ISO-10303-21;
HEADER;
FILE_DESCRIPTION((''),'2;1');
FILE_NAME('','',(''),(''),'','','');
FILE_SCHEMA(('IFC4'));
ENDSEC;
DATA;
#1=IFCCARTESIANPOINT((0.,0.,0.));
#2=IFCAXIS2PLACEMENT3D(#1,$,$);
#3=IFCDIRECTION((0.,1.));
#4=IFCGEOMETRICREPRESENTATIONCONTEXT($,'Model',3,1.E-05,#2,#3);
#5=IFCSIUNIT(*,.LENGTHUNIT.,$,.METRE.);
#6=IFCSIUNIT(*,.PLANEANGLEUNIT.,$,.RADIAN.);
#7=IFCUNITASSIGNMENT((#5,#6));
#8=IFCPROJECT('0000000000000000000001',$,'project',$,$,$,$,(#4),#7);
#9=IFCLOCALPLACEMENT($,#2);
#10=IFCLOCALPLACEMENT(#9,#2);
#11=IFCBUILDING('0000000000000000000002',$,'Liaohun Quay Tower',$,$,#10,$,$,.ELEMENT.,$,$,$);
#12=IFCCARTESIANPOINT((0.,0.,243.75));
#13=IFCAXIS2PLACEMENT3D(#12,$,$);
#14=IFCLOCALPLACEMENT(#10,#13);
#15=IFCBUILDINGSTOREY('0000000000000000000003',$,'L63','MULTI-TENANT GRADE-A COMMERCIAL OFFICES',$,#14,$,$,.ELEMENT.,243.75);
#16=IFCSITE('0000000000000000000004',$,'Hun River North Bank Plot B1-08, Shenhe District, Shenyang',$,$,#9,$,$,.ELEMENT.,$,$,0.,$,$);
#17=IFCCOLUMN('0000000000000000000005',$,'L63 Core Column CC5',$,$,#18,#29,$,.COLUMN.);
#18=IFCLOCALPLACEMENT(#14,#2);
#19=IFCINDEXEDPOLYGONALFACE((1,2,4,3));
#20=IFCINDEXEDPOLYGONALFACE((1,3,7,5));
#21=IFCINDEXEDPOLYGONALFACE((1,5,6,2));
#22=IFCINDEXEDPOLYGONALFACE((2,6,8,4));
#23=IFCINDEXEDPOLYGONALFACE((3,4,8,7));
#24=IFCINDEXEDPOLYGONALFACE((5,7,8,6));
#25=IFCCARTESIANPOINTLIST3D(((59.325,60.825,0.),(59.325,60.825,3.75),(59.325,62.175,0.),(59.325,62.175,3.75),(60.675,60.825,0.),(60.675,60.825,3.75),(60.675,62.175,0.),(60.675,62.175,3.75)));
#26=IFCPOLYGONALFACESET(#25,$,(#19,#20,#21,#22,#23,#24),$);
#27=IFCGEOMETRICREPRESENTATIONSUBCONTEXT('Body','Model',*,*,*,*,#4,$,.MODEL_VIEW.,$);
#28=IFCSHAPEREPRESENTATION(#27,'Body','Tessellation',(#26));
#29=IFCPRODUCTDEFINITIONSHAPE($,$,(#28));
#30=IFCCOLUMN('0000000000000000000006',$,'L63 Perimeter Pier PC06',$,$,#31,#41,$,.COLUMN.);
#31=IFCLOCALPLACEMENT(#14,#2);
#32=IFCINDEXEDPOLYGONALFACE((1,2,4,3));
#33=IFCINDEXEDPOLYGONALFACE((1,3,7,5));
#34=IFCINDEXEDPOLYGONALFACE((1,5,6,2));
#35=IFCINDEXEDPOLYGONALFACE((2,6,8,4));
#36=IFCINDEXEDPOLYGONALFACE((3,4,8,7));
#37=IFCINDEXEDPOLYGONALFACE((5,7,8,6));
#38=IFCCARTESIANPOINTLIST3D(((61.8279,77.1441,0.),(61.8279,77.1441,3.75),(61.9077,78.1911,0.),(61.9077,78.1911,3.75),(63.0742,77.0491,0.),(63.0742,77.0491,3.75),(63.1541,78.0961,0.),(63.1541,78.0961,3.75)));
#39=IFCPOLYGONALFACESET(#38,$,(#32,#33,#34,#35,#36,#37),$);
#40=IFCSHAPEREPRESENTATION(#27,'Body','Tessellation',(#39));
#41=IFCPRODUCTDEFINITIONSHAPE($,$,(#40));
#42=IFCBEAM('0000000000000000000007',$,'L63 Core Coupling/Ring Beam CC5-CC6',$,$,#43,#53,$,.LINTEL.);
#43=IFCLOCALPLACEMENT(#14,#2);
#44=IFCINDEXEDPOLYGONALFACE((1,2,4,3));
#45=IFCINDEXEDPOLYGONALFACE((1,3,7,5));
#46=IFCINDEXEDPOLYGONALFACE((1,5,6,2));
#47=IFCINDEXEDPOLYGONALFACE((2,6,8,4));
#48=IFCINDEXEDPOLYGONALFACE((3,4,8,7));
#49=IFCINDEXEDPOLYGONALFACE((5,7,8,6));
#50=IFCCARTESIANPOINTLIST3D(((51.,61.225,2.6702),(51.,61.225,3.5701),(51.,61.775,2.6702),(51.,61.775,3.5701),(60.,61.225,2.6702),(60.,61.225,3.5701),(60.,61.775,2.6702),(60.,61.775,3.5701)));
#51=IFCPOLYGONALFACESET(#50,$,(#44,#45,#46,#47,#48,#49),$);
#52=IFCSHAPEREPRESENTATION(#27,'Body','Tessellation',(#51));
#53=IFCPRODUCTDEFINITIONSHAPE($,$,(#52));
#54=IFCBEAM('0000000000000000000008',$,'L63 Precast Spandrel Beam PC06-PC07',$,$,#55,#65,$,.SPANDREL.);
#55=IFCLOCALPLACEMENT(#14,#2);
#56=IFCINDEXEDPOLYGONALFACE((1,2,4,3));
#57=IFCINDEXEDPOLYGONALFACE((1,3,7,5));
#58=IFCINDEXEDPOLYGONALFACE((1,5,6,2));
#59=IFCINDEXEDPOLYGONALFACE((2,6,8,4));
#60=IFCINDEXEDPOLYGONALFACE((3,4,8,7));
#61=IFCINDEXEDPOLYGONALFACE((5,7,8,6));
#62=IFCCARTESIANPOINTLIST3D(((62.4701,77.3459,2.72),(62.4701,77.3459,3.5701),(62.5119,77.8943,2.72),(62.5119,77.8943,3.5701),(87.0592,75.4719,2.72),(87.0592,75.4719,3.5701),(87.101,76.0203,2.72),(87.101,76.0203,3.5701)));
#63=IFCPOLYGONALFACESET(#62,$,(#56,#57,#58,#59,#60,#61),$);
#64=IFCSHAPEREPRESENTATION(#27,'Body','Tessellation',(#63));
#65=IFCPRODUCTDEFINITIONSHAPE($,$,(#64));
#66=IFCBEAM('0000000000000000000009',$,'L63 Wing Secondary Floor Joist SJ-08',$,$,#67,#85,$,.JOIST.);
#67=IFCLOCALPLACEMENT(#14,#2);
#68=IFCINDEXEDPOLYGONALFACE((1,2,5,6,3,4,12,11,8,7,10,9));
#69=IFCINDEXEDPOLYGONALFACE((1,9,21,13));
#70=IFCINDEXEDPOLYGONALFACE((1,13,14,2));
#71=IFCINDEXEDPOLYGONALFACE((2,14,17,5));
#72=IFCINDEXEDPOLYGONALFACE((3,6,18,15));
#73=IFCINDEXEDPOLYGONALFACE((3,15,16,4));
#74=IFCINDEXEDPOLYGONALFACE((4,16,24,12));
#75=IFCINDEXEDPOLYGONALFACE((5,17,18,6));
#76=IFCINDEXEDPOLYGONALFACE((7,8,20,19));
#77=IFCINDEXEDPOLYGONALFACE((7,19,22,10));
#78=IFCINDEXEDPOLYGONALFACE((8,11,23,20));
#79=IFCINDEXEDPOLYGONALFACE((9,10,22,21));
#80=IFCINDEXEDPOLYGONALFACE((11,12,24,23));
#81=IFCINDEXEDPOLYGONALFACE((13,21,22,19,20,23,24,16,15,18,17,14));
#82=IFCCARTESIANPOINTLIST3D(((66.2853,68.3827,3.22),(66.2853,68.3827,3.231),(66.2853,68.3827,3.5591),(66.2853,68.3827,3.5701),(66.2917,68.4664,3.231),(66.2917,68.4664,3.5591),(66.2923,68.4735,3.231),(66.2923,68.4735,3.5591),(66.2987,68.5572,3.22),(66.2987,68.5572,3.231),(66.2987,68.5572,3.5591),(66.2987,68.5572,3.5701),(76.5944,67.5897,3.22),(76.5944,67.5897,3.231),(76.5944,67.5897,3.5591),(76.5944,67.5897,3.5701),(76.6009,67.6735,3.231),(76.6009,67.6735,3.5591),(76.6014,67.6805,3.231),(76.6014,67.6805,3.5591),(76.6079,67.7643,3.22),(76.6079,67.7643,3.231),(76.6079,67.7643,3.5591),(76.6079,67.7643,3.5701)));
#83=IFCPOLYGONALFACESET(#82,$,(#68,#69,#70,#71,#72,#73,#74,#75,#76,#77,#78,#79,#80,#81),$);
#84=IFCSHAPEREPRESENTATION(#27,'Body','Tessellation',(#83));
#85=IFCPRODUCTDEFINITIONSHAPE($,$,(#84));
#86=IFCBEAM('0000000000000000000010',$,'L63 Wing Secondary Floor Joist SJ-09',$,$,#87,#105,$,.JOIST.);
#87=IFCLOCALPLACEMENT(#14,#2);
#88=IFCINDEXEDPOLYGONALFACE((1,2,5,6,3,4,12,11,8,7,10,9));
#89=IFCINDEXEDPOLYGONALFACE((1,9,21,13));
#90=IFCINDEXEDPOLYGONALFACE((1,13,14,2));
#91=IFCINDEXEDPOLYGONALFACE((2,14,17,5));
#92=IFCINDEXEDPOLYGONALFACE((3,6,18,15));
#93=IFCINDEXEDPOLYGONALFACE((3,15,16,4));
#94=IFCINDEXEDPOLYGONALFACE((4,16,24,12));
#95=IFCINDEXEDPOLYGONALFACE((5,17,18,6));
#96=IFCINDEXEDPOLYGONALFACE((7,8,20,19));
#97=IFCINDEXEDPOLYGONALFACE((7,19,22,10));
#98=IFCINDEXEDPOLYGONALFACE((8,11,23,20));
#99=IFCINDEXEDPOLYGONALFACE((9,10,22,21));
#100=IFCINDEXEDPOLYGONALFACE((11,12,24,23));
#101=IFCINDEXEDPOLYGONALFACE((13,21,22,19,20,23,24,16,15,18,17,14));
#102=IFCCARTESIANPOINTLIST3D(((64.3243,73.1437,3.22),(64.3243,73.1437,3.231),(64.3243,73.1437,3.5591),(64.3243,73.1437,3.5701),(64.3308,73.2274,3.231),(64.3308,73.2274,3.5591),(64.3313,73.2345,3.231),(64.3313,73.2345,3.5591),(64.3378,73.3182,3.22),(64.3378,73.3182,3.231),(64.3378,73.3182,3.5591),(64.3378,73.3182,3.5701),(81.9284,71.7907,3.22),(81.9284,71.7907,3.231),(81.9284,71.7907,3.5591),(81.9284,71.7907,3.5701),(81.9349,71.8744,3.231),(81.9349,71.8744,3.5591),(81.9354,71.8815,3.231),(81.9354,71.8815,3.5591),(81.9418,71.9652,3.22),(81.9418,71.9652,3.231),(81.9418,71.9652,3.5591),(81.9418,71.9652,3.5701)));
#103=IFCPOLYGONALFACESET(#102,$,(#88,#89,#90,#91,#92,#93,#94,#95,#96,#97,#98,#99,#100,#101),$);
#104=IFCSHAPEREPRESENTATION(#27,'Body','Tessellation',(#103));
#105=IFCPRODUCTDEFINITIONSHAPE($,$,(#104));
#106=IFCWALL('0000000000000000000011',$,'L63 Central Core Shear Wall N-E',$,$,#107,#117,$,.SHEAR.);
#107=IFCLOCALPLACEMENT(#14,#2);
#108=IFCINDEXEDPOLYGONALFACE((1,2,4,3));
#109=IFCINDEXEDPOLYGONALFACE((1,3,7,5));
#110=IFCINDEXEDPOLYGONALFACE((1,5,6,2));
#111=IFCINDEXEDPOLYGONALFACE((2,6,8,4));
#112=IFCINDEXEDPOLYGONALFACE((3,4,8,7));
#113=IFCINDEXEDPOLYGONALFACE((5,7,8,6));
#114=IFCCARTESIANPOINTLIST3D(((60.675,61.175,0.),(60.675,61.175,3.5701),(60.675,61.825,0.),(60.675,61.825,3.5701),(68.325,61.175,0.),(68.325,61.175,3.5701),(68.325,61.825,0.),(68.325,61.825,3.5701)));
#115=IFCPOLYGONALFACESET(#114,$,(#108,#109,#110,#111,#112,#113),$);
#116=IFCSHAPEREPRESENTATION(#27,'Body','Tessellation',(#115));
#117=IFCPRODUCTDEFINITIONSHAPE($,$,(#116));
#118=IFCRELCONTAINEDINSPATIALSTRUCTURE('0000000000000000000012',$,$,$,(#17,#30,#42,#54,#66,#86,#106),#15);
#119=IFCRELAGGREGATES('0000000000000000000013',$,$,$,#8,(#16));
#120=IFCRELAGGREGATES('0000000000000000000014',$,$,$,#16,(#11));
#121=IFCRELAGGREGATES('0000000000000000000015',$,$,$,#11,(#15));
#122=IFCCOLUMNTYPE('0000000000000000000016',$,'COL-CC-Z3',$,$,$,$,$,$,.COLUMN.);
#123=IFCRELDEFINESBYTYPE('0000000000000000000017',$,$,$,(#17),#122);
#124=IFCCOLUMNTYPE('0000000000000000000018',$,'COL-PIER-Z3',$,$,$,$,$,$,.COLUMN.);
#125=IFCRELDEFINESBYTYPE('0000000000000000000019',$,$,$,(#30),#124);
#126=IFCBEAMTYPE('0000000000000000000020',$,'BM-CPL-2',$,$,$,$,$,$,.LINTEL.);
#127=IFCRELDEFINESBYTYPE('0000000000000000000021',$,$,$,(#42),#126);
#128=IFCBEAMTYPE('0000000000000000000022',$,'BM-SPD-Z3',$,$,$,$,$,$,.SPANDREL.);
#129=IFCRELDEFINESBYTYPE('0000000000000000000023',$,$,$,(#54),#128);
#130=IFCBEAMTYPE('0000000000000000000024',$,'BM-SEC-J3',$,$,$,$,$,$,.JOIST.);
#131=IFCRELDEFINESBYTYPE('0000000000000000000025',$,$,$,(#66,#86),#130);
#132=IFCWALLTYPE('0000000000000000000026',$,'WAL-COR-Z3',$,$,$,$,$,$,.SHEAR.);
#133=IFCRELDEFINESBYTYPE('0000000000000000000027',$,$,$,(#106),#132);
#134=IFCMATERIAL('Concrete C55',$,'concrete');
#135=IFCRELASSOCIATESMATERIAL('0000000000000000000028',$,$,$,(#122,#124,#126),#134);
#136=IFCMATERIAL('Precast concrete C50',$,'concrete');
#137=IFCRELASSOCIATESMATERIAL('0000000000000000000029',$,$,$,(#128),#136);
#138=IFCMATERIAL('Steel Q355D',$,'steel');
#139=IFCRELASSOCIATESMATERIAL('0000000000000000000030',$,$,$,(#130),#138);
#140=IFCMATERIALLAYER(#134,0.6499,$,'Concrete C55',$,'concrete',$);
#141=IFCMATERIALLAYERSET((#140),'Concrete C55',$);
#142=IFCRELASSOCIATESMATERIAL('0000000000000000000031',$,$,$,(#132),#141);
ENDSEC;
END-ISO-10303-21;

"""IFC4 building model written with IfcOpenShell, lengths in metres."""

from ifc_helpers import new_model, si_unit, direction, frame, frame_2d, origin, origin_2d, place, context, subcontext, project, spatial, rectangle, i_section, extrude, source, transform, mapped, material, layer, layer_set, material_profile, profile_set, type_object, element, save


model = new_model("IFC4")

# Units and contexts
model_context = context("Model", 3, precision=1e-05, world=origin(), true_north=direction((0.0, 1.0)))
body_context = subcontext(model_context, "Body", "Model", "MODEL_VIEW")
ifc_project = project(units=[si_unit("LENGTHUNIT", "METRE"), si_unit("PLANEANGLEUNIT", "RADIAN")], contexts=[model_context])

# Site, building, storey
site_placement = place(None, origin())
site = spatial("IfcSite", under=ifc_project, at=site_placement, Name="Hun River North Bank Plot B1-08, Shenhe District, Shenyang", CompositionType="ELEMENT", RefElevation=0.0)
building_placement = place(site_placement, origin())
building = spatial("IfcBuilding", under=site, at=building_placement, Name="Liaohun Quay Tower", CompositionType="ELEMENT")
storey_placement = place(building_placement, frame((0.0, 0.0, 243.75)))
storey = spatial("IfcBuildingStorey", under=building, at=storey_placement, Name="L63", Description="MULTI-TENANT GRADE-A COMMERCIAL OFFICES", CompositionType="ELEMENT", Elevation=243.75)

# Columns
ifc_material_1 = material(Name="Concrete C55", Category="concrete")
ifc_material_profile_1 = material_profile(ifc_material_1, rectangle(XDim=1.3501, YDim=1.3501, at=origin_2d()), Name="RC1350x1350")
ifc_profile_set_1 = profile_set([ifc_material_profile_1], Name="Concrete C55")
column_type_1 = type_object("IfcColumnType", Name="COL-CC-Z3", PredefinedType="COLUMN", material=ifc_profile_set_1)
shared_shape_1 = source(origin(), body_context, "Body", "SweptSolid", [
    extrude(rectangle(XDim=1.3501, YDim=1.3501, at=origin_2d()), origin(), (0.0, 0.0, 1.0), 3.75),
])
column_1_placement = place(storey_placement, frame((60.0, 61.5, 0.0), z_axis=(0.0, 0.0, 1.0), x_axis=(1.0, 0.0, 0.0)))
element("IfcColumn", 1, at=column_1_placement, inside=storey, type_object=column_type_1, Name="L63 Core Column CC5", PredefinedType="COLUMN", context=body_context, shape_type="MappedRepresentation", body=[
    mapped(shared_shape_1, transform((0.0, 0.0, 0.0), x_axis=(1.0, 0.0, 0.0), y_axis=(0.0, 1.0, 0.0), z_axis=(0.0, 0.0, 1.0), scale=1.0)),
])
ifc_material_profile_2 = material_profile(ifc_material_1, rectangle(XDim=1.25, YDim=1.05, at=origin_2d()), Name="RC1250x1050")
ifc_profile_set_2 = profile_set([ifc_material_profile_2], Name="Concrete C55")
column_type_2 = type_object("IfcColumnType", Name="COL-PIER-Z3", PredefinedType="COLUMN", material=ifc_profile_set_2)
shared_shape_2 = source(origin(), body_context, "Body", "SweptSolid", [
    extrude(rectangle(XDim=1.25, YDim=1.05, at=origin_2d()), origin(), (0.0, 0.0, 1.0), 3.75),
])
column_2_placement = place(storey_placement, frame((62.491, 77.6201, 0.0), z_axis=(0.0, 0.0, 1.0), x_axis=(-0.997106, 0.076023, 0.0)))
element("IfcColumn", 2, at=column_2_placement, inside=storey, type_object=column_type_2, Name="L63 Perimeter Pier PC06", PredefinedType="COLUMN", context=body_context, shape_type="MappedRepresentation", body=[
    mapped(shared_shape_2, transform((0.0, 0.0, 0.0), x_axis=(1.0, 0.0, 0.0), y_axis=(0.0, 1.0, 0.0), z_axis=(0.0, 0.0, 1.0), scale=1.0)),
])

# Beams
ifc_material_profile_3 = material_profile(ifc_material_1, rectangle(XDim=0.55, YDim=0.8999, at=origin_2d()), Name="RC550x900")
ifc_profile_set_3 = profile_set([ifc_material_profile_3], Name="Concrete C55")
beam_type_1 = type_object("IfcBeamType", Name="BM-CPL-2", PredefinedType="LINTEL", material=ifc_profile_set_3)
shared_shape_3 = source(origin(), body_context, "Body", "SweptSolid", [
    extrude(rectangle(XDim=0.55, YDim=0.8999, at=origin_2d()), origin(), (0.0, 0.0, 1.0), 9.0),
])
beam_1_placement = place(storey_placement, frame((60.0, 61.5, 3.1201), z_axis=(-1.0, 0.0, 0.0), x_axis=(0.0, -1.0, 0.0)))
element("IfcBeam", 3, at=beam_1_placement, inside=storey, type_object=beam_type_1, Name="L63 Core Coupling/Ring Beam CC5-CC6", PredefinedType="LINTEL", context=body_context, shape_type="MappedRepresentation", body=[
    mapped(shared_shape_3, transform((0.0, 0.0, 0.0), x_axis=(1.0, 0.0, 0.0), y_axis=(0.0, 1.0, 0.0), z_axis=(0.0, 0.0, 1.0), scale=1.0)),
])
ifc_material_2 = material(Name="Precast concrete C50", Category="concrete")
ifc_material_profile_4 = material_profile(ifc_material_2, rectangle(XDim=0.55, YDim=0.8501, at=origin_2d()), Name="RC550x850")
ifc_profile_set_4 = profile_set([ifc_material_profile_4], Name="Precast concrete C50")
beam_type_2 = type_object("IfcBeamType", Name="BM-SPD-Z3", PredefinedType="SPANDREL", material=ifc_profile_set_4)
shared_shape_4 = source(origin(), body_context, "Body", "SweptSolid", [
    extrude(rectangle(XDim=0.55, YDim=0.8501, at=origin_2d()), origin(), (0.0, 0.0, 1.0), 24.6604),
])
beam_2_placement = place(storey_placement, frame((62.491, 77.6201, 3.145), z_axis=(0.997108, -0.075993, 0.0), x_axis=(0.075993, 0.997108, 0.0)))
element("IfcBeam", 4, at=beam_2_placement, inside=storey, type_object=beam_type_2, Name="L63 Precast Spandrel Beam PC06-PC07", PredefinedType="SPANDREL", context=body_context, shape_type="MappedRepresentation", body=[
    mapped(shared_shape_4, transform((0.0, 0.0, 0.0), x_axis=(1.0, 0.0, 0.0), y_axis=(0.0, 1.0, 0.0), z_axis=(0.0, 0.0, 1.0), scale=1.0)),
])
ifc_material_3 = material(Name="Steel Q355D", Category="steel")
ifc_material_profile_5 = material_profile(ifc_material_3, i_section(OverallWidth=0.175, OverallDepth=0.3501, WebThickness=0.0071, FlangeThickness=0.011, at=origin_2d()), Name="HN350x175x7x11")
ifc_profile_set_5 = profile_set([ifc_material_profile_5], Name="Steel Q355D")
beam_type_3 = type_object("IfcBeamType", Name="BM-SEC-J3", PredefinedType="JOIST", material=ifc_profile_set_5)
shared_shape_5 = source(origin(), body_context, "Body", "SweptSolid", [
    extrude(i_section(OverallWidth=0.175, OverallDepth=0.3501, WebThickness=0.0071, FlangeThickness=0.011, at=origin_2d()), origin(), (0.0, 0.0, 1.0), 10.3396),
])
beam_3_placement = place(storey_placement, frame((66.292, 68.47, 3.395), z_axis=(0.997055, -0.076693, 0.0), x_axis=(0.076693, 0.997055, 0.0)))
element("IfcBeam", 5, at=beam_3_placement, inside=storey, type_object=beam_type_3, Name="L63 Wing Secondary Floor Joist SJ-08", PredefinedType="JOIST", context=body_context, shape_type="MappedRepresentation", body=[
    mapped(shared_shape_5, transform((0.0, 0.0, 0.0), x_axis=(1.0, 0.0, 0.0), y_axis=(0.0, 1.0, 0.0), z_axis=(0.0, 0.0, 1.0), scale=1.0)),
])
shared_shape_6 = source(origin(), body_context, "Body", "SweptSolid", [
    extrude(i_section(OverallWidth=0.175, OverallDepth=0.3501, WebThickness=0.0071, FlangeThickness=0.011, at=origin_2d()), origin(), (0.0, 0.0, 1.0), 17.656),
])
beam_4_placement = place(storey_placement, frame((64.3311, 73.231, 3.395), z_axis=(0.997059, -0.076633, 0.0), x_axis=(0.076633, 0.997059, 0.0)))
element("IfcBeam", 6, at=beam_4_placement, inside=storey, type_object=beam_type_3, Name="L63 Wing Secondary Floor Joist SJ-09", PredefinedType="JOIST", context=body_context, shape_type="MappedRepresentation", body=[
    mapped(shared_shape_6, transform((0.0, 0.0, 0.0), x_axis=(1.0, 0.0, 0.0), y_axis=(0.0, 1.0, 0.0), z_axis=(0.0, 0.0, 1.0), scale=1.0)),
])

# Wall
ifc_layer_1 = layer(ifc_material_1, 0.6499, Name="Concrete C55", Category="concrete")
ifc_layer_set_1 = layer_set([ifc_layer_1], Name="Concrete C55")
wall_type_1 = type_object("IfcWallType", Name="WAL-COR-Z3", PredefinedType="SHEAR", material=ifc_layer_set_1)
wall_1_placement = place(storey_placement, frame((60.675, 61.5, 0.0), z_axis=(0.0, 0.0, 1.0), x_axis=(1.0, 0.0, 0.0)))
element("IfcWall", 7, at=wall_1_placement, inside=storey, type_object=wall_type_1, Name="L63 Central Core Shear Wall N-E", PredefinedType="SHEAR", context=body_context, shape_type="SweptSolid", body=[
    extrude(rectangle(XDim=7.6499, YDim=0.6499, at=frame_2d((3.825, 0.0))), origin(), (0.0, 0.0, 1.0), 3.5701),
])

save(model, "model.ifc")
